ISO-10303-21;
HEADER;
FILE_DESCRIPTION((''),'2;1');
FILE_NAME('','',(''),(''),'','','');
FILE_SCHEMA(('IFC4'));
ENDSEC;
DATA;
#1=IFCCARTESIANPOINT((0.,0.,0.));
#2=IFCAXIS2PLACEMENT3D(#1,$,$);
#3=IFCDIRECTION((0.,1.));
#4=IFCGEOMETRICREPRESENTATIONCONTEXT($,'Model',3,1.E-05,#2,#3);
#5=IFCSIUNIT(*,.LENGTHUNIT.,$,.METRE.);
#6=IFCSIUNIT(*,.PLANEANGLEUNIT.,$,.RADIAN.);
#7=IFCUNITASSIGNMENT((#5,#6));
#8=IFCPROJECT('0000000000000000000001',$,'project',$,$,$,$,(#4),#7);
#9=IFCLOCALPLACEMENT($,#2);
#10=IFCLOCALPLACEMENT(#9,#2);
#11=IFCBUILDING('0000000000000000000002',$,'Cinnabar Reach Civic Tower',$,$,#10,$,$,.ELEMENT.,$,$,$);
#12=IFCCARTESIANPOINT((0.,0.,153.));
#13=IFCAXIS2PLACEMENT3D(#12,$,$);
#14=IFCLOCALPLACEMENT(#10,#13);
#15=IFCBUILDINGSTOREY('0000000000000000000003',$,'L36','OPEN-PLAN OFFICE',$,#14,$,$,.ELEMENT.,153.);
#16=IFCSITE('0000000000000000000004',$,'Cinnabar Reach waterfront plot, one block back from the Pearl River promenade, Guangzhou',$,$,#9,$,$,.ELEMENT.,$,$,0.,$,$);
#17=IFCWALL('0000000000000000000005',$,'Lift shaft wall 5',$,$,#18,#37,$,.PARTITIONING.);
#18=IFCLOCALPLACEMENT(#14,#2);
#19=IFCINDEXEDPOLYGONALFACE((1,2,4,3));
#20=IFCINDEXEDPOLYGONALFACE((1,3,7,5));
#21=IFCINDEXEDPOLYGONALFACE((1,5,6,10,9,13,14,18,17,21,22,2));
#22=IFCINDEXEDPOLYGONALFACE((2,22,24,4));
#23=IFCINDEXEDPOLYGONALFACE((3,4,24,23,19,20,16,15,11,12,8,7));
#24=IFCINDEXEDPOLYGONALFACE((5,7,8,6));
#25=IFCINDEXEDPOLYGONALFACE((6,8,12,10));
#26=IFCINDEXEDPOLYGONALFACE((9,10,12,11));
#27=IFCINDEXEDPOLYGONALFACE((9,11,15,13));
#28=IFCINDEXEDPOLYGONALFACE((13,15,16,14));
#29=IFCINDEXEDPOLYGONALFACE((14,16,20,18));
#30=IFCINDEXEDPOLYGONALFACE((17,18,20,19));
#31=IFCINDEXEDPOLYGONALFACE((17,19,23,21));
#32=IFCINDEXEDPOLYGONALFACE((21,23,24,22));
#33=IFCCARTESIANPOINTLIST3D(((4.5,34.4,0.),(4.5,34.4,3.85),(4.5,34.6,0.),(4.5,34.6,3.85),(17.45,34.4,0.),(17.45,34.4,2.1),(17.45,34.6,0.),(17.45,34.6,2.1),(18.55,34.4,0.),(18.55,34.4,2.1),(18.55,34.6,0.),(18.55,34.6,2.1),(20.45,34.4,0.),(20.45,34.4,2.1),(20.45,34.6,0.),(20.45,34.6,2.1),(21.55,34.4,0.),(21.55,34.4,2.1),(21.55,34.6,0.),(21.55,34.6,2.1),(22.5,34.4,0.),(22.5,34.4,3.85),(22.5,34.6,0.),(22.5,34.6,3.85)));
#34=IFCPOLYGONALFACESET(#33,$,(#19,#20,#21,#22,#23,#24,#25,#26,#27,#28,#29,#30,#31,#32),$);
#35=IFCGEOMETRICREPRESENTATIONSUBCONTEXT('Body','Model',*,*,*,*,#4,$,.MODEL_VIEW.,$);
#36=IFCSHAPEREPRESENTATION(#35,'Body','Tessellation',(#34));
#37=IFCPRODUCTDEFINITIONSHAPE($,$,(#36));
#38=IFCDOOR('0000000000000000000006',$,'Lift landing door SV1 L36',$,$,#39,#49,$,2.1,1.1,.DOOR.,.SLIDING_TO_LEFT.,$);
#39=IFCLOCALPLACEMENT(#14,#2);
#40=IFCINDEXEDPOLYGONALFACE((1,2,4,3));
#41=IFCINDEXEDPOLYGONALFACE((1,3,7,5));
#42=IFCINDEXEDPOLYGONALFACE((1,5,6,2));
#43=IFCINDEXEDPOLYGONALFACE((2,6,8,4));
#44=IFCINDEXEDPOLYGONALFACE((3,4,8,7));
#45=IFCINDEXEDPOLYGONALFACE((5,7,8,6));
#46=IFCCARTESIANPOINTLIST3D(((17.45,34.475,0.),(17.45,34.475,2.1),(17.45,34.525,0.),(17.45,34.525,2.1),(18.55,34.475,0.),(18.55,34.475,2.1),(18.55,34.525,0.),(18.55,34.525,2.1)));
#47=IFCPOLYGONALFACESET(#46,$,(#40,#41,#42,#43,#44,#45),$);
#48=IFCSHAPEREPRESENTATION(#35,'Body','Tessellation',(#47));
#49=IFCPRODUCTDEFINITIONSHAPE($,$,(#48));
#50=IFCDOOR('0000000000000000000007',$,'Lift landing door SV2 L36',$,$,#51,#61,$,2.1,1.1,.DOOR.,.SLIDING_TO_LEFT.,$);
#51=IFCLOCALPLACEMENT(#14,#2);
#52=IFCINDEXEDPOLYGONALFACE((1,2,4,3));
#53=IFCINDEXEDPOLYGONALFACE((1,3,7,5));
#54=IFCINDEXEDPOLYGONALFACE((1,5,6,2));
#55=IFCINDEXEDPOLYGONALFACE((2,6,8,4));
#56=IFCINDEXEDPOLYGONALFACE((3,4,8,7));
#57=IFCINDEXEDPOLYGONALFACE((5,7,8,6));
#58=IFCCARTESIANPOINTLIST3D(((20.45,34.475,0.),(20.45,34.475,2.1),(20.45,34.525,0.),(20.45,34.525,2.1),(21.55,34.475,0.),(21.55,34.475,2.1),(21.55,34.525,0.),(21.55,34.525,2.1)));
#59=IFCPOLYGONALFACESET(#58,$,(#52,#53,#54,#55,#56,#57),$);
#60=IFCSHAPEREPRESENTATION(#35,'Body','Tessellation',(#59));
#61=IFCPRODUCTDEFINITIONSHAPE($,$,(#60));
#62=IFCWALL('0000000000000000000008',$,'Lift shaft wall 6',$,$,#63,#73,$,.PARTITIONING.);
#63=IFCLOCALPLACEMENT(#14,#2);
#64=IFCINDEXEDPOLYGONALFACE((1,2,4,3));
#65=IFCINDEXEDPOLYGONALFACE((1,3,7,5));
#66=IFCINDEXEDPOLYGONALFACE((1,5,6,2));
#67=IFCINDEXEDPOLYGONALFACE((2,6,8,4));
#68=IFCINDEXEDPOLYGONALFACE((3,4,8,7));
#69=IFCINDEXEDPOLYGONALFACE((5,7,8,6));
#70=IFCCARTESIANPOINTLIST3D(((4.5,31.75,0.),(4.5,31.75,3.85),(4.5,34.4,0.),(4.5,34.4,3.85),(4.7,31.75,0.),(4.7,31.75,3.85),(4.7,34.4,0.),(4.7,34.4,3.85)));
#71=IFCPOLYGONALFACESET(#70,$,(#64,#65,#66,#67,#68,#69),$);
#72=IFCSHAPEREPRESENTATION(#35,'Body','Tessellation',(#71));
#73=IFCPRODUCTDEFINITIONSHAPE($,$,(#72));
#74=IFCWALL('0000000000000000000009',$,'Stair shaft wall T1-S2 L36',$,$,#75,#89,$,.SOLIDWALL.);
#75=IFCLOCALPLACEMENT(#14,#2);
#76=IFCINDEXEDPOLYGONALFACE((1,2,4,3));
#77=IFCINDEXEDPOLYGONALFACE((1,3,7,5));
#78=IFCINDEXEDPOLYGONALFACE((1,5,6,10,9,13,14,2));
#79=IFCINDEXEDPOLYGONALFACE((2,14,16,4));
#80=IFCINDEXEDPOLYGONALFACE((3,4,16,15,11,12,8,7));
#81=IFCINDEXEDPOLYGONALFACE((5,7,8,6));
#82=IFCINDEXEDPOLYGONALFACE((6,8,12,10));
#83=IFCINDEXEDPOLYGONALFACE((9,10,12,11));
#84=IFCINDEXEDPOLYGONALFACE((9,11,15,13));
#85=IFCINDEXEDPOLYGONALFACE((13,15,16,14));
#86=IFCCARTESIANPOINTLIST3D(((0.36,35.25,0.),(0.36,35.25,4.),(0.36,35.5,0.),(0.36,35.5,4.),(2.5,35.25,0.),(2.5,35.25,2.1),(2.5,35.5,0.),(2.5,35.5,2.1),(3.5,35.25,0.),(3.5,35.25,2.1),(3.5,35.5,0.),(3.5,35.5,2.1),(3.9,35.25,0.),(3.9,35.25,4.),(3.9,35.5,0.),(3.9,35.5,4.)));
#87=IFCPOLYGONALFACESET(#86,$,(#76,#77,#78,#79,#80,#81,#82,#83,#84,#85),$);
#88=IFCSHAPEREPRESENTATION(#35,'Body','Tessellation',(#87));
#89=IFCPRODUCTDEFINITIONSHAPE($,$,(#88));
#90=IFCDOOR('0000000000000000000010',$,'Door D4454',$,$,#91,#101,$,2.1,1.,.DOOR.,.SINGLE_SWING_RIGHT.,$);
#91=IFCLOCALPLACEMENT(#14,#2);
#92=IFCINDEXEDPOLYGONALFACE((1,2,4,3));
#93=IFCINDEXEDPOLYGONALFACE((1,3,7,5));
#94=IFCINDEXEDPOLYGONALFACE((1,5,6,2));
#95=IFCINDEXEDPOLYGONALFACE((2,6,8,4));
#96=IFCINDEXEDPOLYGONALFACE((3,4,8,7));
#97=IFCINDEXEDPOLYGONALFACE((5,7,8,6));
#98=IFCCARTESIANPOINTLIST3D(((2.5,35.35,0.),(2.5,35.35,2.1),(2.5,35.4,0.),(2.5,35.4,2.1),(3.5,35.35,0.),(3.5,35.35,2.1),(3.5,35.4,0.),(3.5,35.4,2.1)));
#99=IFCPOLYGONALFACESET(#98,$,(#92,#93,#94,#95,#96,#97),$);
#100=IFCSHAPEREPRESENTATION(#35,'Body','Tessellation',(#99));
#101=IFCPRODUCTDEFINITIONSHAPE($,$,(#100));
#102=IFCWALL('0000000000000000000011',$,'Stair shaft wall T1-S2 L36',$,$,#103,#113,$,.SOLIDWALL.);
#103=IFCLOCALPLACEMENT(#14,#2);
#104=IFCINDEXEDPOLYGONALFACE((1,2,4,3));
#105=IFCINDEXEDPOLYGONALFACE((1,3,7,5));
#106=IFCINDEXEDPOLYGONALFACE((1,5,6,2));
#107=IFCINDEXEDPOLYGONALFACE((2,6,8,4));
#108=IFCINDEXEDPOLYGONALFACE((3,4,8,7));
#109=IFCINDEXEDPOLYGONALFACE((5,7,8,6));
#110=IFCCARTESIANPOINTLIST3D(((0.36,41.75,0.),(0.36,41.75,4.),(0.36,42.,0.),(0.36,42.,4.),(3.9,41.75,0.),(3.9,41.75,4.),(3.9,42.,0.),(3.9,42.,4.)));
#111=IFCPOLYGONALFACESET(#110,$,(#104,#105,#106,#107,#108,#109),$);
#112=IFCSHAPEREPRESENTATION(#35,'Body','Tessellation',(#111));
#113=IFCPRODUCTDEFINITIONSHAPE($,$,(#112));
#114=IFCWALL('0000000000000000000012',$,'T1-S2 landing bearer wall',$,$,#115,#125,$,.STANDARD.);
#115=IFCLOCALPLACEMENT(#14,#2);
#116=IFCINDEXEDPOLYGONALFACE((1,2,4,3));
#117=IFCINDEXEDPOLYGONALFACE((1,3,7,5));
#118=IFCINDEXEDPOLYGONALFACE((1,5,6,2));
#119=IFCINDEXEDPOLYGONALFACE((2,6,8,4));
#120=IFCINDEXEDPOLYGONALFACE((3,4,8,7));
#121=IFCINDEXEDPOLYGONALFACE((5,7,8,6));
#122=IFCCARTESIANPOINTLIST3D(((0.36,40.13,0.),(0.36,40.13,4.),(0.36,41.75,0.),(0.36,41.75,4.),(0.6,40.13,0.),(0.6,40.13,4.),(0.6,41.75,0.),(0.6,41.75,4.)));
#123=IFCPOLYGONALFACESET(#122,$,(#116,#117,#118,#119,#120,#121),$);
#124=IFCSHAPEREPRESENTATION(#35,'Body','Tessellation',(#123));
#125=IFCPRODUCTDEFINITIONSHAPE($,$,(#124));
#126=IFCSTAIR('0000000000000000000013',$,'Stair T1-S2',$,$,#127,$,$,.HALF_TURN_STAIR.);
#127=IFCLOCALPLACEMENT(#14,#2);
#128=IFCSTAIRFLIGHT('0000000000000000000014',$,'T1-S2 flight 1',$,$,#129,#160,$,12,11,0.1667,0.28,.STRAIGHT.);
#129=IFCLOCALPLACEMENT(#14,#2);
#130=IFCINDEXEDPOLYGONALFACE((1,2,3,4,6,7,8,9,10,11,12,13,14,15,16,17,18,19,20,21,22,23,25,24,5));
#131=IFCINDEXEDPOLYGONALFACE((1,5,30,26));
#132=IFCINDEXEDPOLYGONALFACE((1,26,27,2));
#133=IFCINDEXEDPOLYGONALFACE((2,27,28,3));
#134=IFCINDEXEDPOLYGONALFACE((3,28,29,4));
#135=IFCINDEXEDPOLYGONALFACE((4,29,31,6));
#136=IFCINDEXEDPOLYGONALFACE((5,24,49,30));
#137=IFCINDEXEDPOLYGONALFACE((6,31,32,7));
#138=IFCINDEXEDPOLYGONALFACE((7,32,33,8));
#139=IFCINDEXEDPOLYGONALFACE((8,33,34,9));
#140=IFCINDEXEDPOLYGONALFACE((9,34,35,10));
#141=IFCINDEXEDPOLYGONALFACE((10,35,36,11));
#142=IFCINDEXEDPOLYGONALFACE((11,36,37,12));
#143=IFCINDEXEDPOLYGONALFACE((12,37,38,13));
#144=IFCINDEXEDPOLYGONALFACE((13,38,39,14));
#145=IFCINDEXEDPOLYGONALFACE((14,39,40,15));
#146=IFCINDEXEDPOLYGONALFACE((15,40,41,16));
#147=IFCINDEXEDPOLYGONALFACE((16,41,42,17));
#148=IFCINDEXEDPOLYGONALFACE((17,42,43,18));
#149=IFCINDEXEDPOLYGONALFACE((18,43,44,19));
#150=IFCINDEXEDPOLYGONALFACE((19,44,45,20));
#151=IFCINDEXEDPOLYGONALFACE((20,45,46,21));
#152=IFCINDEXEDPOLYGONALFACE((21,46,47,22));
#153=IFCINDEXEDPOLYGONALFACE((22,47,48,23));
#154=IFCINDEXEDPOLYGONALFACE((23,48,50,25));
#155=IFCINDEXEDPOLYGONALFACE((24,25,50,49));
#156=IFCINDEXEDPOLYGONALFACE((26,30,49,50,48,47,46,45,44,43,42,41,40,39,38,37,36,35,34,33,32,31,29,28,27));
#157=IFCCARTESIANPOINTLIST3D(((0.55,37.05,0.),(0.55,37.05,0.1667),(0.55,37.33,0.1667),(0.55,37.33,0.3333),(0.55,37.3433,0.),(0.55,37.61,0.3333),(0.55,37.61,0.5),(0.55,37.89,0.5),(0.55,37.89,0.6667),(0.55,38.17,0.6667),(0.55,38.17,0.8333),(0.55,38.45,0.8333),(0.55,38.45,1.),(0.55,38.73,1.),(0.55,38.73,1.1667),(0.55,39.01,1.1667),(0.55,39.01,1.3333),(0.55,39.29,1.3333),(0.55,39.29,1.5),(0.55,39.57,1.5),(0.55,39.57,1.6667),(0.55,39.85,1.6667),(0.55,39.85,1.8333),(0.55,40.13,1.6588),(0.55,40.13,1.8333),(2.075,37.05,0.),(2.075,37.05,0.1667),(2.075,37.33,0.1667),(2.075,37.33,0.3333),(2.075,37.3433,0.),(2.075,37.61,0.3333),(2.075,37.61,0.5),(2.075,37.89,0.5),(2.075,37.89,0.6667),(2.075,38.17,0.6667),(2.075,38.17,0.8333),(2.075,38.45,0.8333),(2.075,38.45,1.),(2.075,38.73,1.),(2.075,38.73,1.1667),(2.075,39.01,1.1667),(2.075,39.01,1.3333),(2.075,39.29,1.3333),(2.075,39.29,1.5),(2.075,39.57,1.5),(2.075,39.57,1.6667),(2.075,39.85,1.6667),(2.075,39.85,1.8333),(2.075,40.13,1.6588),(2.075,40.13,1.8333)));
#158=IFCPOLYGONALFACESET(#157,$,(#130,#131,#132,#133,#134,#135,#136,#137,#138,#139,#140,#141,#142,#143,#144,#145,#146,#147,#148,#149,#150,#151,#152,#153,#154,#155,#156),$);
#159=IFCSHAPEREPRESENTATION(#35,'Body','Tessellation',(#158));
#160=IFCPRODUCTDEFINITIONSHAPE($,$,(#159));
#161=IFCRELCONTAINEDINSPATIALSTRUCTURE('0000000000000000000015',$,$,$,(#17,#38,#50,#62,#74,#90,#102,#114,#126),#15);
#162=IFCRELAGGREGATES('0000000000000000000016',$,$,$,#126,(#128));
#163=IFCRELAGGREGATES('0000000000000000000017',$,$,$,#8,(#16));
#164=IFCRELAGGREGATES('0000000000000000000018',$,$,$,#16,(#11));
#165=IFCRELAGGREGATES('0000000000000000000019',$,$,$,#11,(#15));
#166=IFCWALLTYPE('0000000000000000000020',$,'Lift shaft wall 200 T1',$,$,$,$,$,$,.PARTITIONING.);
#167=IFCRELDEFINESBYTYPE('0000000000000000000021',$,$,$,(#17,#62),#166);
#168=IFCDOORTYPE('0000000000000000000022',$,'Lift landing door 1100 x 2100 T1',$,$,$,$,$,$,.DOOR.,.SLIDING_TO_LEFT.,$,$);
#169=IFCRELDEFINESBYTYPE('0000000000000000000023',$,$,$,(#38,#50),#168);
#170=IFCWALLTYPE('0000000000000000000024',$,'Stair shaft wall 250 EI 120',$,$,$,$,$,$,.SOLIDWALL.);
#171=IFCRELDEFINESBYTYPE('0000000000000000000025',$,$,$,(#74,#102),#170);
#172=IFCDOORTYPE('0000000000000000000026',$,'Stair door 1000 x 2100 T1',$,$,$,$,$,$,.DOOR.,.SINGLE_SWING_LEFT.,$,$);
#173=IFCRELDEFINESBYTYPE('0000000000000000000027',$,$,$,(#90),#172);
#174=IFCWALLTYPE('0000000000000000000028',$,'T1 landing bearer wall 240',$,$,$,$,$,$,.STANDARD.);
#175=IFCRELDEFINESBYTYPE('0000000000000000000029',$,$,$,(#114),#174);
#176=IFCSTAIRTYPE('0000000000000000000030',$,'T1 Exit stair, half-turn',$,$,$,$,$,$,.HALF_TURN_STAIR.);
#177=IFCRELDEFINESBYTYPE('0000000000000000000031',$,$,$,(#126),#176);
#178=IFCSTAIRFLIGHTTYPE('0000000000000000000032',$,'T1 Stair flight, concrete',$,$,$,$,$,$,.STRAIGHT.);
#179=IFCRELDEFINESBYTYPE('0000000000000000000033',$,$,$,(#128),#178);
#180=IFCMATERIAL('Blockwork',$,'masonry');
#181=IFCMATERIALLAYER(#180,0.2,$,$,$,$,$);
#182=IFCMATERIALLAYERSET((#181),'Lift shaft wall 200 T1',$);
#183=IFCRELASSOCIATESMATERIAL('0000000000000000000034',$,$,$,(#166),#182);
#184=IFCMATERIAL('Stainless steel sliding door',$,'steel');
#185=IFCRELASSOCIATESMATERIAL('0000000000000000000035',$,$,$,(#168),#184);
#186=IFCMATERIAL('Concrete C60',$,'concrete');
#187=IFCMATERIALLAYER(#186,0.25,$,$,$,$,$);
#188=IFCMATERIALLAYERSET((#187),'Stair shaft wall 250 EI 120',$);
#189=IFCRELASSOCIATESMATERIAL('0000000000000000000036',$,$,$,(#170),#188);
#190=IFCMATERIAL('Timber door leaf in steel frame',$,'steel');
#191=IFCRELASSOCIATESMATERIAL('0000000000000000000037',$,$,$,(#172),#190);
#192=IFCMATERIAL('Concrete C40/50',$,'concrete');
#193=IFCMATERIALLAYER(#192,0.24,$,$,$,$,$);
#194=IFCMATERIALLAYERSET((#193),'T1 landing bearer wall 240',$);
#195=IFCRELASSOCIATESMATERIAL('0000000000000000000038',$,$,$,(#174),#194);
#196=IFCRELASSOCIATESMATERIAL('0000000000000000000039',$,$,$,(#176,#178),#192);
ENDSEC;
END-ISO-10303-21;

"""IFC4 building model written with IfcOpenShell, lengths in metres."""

from ifc_helpers import new_model, si_unit, direction, frame, frame_2d, origin, place, context, subcontext, project, spatial, polyline, rectangle, outline, extrude, material, layer, layer_set, type_object, element, fill, aggregate, save


model = new_model("IFC4")

# Units and contexts
model_context = context("Model", 3, precision=1e-05, world=origin(), true_north=direction((0.0, 1.0)))
body_context = subcontext(model_context, "Body", "Model", "MODEL_VIEW")
ifc_project = project(units=[si_unit("LENGTHUNIT", "METRE"), si_unit("PLANEANGLEUNIT", "RADIAN")], contexts=[model_context])

# Site, building, storey
site_placement = place(None, origin())
site = spatial("IfcSite", under=ifc_project, at=site_placement, Name="Cinnabar Reach waterfront plot, one block back from the Pearl River promenade, Guangzhou", CompositionType="ELEMENT", RefElevation=0.0)
building_placement = place(site_placement, origin())
building = spatial("IfcBuilding", under=site, at=building_placement, Name="Cinnabar Reach Civic Tower", CompositionType="ELEMENT")
storey_placement = place(building_placement, frame((0.0, 0.0, 153.0)))
storey = spatial("IfcBuildingStorey", under=building, at=storey_placement, Name="L36", Description="OPEN-PLAN OFFICE", CompositionType="ELEMENT", Elevation=153.0)

# Shared definitions
ifc_material_1 = material(Name="Timber door leaf in steel frame", Category="steel")

# Wall, openings, doors
ifc_material_2 = material(Name="Blockwork", Category="masonry")
ifc_layer_1 = layer(ifc_material_2, 0.2)
ifc_layer_set_1 = layer_set([ifc_layer_1], Name="Lift shaft wall 200 T1")
wall_type_1 = type_object("IfcWallType", Name="Lift shaft wall 200 T1", PredefinedType="PARTITIONING", material=ifc_layer_set_1)
wall_1_placement = place(storey_placement, frame((4.5, 34.5, 0.0), z_axis=(0.0, 0.0, 1.0), x_axis=(1.0, 0.0, 0.0)))
wall_1 = element("IfcWall", 1, at=wall_1_placement, inside=storey, type_object=wall_type_1, Name="Lift shaft wall 5", PredefinedType="PARTITIONING", context=body_context, shape_type="SweptSolid", body=[
    extrude(rectangle(XDim=18.0, YDim=0.2, at=frame_2d((9.0, 0.0))), origin(), (0.0, 0.0, 1.0), 3.85),
])
opening_1_placement = place(wall_1_placement, frame((12.95, 0.0, 0.0)))
opening_1 = element("IfcOpeningElement", 2, at=opening_1_placement, cuts=wall_1, PredefinedType="OPENING", context=body_context, shape_type="SweptSolid", body=[
    extrude(rectangle(XDim=1.1, YDim=2.1, at=frame_2d((0.55, 1.05))), frame((0.0, 0.11, 0.0), z_axis=(0.0, -1.0, 0.0), x_axis=(1.0, 0.0, 0.0)), (0.0, 0.0, 1.0), 0.22),
])
opening_2_placement = place(wall_1_placement, frame((15.95, 0.0, 0.0)))
opening_2 = element("IfcOpeningElement", 3, at=opening_2_placement, cuts=wall_1, PredefinedType="OPENING", context=body_context, shape_type="SweptSolid", body=[
    extrude(rectangle(XDim=1.1, YDim=2.1, at=frame_2d((0.55, 1.05))), frame((0.0, 0.11, 0.0), z_axis=(0.0, -1.0, 0.0), x_axis=(1.0, 0.0, 0.0)), (0.0, 0.0, 1.0), 0.22),
])
ifc_material_3 = material(Name="Stainless steel sliding door", Category="steel")
door_type_1 = type_object("IfcDoorType", Name="Lift landing door 1100 x 2100 T1", OperationType="SLIDING_TO_LEFT", PredefinedType="DOOR", material=ifc_material_3)
door_1_placement = place(opening_1_placement, origin())
door_1 = element("IfcDoor", 4, at=door_1_placement, inside=storey, type_object=door_type_1, Name="Lift landing door SV1 L36", OperationType="SLIDING_TO_LEFT", OverallHeight=2.1, OverallWidth=1.1, PredefinedType="DOOR", context=body_context, shape_type="SweptSolid", body=[
    extrude(rectangle(XDim=1.1, YDim=2.1, at=frame_2d((0.55, 1.05))), frame((0.0, 0.025, 0.0), z_axis=(0.0, -1.0, 0.0), x_axis=(1.0, 0.0, 0.0)), (0.0, 0.0, 1.0), 0.05),
])
fill(opening_1, door_1)
door_2_placement = place(opening_2_placement, origin())
door_2 = element("IfcDoor", 5, at=door_2_placement, inside=storey, type_object=door_type_1, Name="Lift landing door SV2 L36", OperationType="SLIDING_TO_LEFT", OverallHeight=2.1, OverallWidth=1.1, PredefinedType="DOOR", context=body_context, shape_type="SweptSolid", body=[
    extrude(rectangle(XDim=1.1, YDim=2.1, at=frame_2d((0.55, 1.05))), frame((0.0, 0.025, 0.0), z_axis=(0.0, -1.0, 0.0), x_axis=(1.0, 0.0, 0.0)), (0.0, 0.0, 1.0), 0.05),
])
fill(opening_2, door_2)

# Wall
wall_2_placement = place(storey_placement, frame((4.6, 31.75, 0.0), z_axis=(0.0, 0.0, 1.0), x_axis=(0.0, 1.0, 0.0)))
element("IfcWall", 6, at=wall_2_placement, inside=storey, type_object=wall_type_1, Name="Lift shaft wall 6", PredefinedType="PARTITIONING", context=body_context, shape_type="SweptSolid", body=[
    extrude(rectangle(XDim=2.65, YDim=0.2, at=frame_2d((1.325, 0.0))), origin(), (0.0, 0.0, 1.0), 3.85),
])

# Wall, opening, door
ifc_material_4 = material(Name="Concrete C60", Category="concrete")
ifc_layer_2 = layer(ifc_material_4, 0.25)
ifc_layer_set_2 = layer_set([ifc_layer_2], Name="Stair shaft wall 250 EI 120")
wall_type_2 = type_object("IfcWallType", Name="Stair shaft wall 250 EI 120", PredefinedType="SOLIDWALL", material=ifc_layer_set_2)
wall_3_placement = place(storey_placement, frame((0.36, 35.375, 0.0), z_axis=(0.0, 0.0, 1.0), x_axis=(1.0, 0.0, 0.0)))
wall_3 = element("IfcWall", 7, at=wall_3_placement, inside=storey, type_object=wall_type_2, Name="Stair shaft wall T1-S2 L36", PredefinedType="SOLIDWALL", context=body_context, shape_type="SweptSolid", body=[
    extrude(rectangle(XDim=3.54, YDim=0.25, at=frame_2d((1.77, 0.0))), origin(), (0.0, 0.0, 1.0), 4.0),
])
opening_3_placement = place(wall_3_placement, frame((2.14, 0.0, 0.0)))
opening_3 = element("IfcOpeningElement", 8, at=opening_3_placement, cuts=wall_3, PredefinedType="OPENING", context=body_context, shape_type="SweptSolid", body=[
    extrude(rectangle(XDim=1.0, YDim=2.1, at=frame_2d((0.5, 1.05))), frame((0.0, 0.135, 0.0), z_axis=(0.0, -1.0, 0.0), x_axis=(1.0, 0.0, 0.0)), (0.0, 0.0, 1.0), 0.27),
])
door_type_2 = type_object("IfcDoorType", Name="Stair door 1000 x 2100 T1", OperationType="SINGLE_SWING_LEFT", PredefinedType="DOOR", material=ifc_material_1)
door_3_placement = place(opening_3_placement, origin())
door_3 = element("IfcDoor", 9, at=door_3_placement, inside=storey, type_object=door_type_2, Name="Door D4454", OperationType="SINGLE_SWING_RIGHT", OverallHeight=2.1, OverallWidth=1.0, PredefinedType="DOOR", context=body_context, shape_type="SweptSolid", body=[
    extrude(rectangle(XDim=1.0, YDim=2.1, at=frame_2d((0.5, 1.05))), frame((0.0, 0.025, 0.0), z_axis=(0.0, -1.0, 0.0), x_axis=(1.0, 0.0, 0.0)), (0.0, 0.0, 1.0), 0.05),
])
fill(opening_3, door_3)

# Walls
wall_4_placement = place(storey_placement, frame((3.9, 41.875, 0.0), z_axis=(0.0, 0.0, 1.0), x_axis=(-1.0, 0.0, 0.0)))
element("IfcWall", 10, at=wall_4_placement, inside=storey, type_object=wall_type_2, Name="Stair shaft wall T1-S2 L36", PredefinedType="SOLIDWALL", context=body_context, shape_type="SweptSolid", body=[
    extrude(rectangle(XDim=3.54, YDim=0.25, at=frame_2d((1.77, 0.0))), origin(), (0.0, 0.0, 1.0), 4.0),
])
ifc_material_5 = material(Name="Concrete C40/50", Category="concrete")
ifc_layer_3 = layer(ifc_material_5, 0.24)
ifc_layer_set_3 = layer_set([ifc_layer_3], Name="T1 landing bearer wall 240")
wall_type_3 = type_object("IfcWallType", Name="T1 landing bearer wall 240", PredefinedType="STANDARD", material=ifc_layer_set_3)
wall_5_placement = place(storey_placement, frame((0.48, 40.13, 0.0), z_axis=(0.0, 0.0, 1.0), x_axis=(0.0, 1.0, 0.0)))
element("IfcWall", 11, at=wall_5_placement, inside=storey, type_object=wall_type_3, Name="T1-S2 landing bearer wall", PredefinedType="STANDARD", context=body_context, shape_type="SweptSolid", body=[
    extrude(rectangle(XDim=1.62, YDim=0.24, at=frame_2d((0.81, 0.0))), origin(), (0.0, 0.0, 1.0), 4.0),
])

# Stair, stair flight
stair_type = type_object("IfcStairType", Name="T1 Exit stair, half-turn", PredefinedType="HALF_TURN_STAIR", material=ifc_material_5)
stair_placement = place(storey_placement, origin())
stair = element("IfcStair", 12, at=stair_placement, inside=storey, type_object=stair_type, Name="Stair T1-S2", PredefinedType="HALF_TURN_STAIR")
stair_flight_type = type_object("IfcStairFlightType", Name="T1 Stair flight, concrete", PredefinedType="STRAIGHT", material=ifc_material_5)
stair_flight_1_placement = place(storey_placement, frame((1.3125, 37.05, 0.0), z_axis=(0.0, 0.0, 1.0), x_axis=(0.0, 1.0, 0.0)))
stair_flight_1 = element("IfcStairFlight", 13, at=stair_flight_1_placement, type_object=stair_flight_type, Name="T1-S2 flight 1", NumberOfRisers=12, NumberOfTreads=11, PredefinedType="STRAIGHT", RiserHeight=0.1667, TreadLength=0.28, context=body_context, shape_type="SweptSolid", body=[
    extrude(outline(polyline([(0.0, 0.0), (0.0, 0.1667), (0.28, 0.1667), (0.28, 0.3333), (0.56, 0.3333), (0.56, 0.5), (0.84, 0.5), (0.84, 0.6667), (1.12, 0.6667), (1.12, 0.8333), (1.4, 0.8333), (1.4, 1.0), (1.68, 1.0), (1.68, 1.1667), (1.96, 1.1667), (1.96, 1.3333), (2.24, 1.3333), (2.24, 1.5), (2.52, 1.5), (2.52, 1.6667), (2.8, 1.6667), (2.8, 1.8333), (3.08, 1.8333), (3.08, 2.0), (3.08, 1.6588), (0.2933, 0.0), (0.0, 0.0)])), frame((0.0, 0.7625, 0.0), z_axis=(0.0, -1.0, 0.0), x_axis=(1.0, 0.0, 0.0)), (0.0, 0.0, 1.0), 1.525),
])
aggregate(stair, [stair_flight_1])

save(model, "model.ifc")
